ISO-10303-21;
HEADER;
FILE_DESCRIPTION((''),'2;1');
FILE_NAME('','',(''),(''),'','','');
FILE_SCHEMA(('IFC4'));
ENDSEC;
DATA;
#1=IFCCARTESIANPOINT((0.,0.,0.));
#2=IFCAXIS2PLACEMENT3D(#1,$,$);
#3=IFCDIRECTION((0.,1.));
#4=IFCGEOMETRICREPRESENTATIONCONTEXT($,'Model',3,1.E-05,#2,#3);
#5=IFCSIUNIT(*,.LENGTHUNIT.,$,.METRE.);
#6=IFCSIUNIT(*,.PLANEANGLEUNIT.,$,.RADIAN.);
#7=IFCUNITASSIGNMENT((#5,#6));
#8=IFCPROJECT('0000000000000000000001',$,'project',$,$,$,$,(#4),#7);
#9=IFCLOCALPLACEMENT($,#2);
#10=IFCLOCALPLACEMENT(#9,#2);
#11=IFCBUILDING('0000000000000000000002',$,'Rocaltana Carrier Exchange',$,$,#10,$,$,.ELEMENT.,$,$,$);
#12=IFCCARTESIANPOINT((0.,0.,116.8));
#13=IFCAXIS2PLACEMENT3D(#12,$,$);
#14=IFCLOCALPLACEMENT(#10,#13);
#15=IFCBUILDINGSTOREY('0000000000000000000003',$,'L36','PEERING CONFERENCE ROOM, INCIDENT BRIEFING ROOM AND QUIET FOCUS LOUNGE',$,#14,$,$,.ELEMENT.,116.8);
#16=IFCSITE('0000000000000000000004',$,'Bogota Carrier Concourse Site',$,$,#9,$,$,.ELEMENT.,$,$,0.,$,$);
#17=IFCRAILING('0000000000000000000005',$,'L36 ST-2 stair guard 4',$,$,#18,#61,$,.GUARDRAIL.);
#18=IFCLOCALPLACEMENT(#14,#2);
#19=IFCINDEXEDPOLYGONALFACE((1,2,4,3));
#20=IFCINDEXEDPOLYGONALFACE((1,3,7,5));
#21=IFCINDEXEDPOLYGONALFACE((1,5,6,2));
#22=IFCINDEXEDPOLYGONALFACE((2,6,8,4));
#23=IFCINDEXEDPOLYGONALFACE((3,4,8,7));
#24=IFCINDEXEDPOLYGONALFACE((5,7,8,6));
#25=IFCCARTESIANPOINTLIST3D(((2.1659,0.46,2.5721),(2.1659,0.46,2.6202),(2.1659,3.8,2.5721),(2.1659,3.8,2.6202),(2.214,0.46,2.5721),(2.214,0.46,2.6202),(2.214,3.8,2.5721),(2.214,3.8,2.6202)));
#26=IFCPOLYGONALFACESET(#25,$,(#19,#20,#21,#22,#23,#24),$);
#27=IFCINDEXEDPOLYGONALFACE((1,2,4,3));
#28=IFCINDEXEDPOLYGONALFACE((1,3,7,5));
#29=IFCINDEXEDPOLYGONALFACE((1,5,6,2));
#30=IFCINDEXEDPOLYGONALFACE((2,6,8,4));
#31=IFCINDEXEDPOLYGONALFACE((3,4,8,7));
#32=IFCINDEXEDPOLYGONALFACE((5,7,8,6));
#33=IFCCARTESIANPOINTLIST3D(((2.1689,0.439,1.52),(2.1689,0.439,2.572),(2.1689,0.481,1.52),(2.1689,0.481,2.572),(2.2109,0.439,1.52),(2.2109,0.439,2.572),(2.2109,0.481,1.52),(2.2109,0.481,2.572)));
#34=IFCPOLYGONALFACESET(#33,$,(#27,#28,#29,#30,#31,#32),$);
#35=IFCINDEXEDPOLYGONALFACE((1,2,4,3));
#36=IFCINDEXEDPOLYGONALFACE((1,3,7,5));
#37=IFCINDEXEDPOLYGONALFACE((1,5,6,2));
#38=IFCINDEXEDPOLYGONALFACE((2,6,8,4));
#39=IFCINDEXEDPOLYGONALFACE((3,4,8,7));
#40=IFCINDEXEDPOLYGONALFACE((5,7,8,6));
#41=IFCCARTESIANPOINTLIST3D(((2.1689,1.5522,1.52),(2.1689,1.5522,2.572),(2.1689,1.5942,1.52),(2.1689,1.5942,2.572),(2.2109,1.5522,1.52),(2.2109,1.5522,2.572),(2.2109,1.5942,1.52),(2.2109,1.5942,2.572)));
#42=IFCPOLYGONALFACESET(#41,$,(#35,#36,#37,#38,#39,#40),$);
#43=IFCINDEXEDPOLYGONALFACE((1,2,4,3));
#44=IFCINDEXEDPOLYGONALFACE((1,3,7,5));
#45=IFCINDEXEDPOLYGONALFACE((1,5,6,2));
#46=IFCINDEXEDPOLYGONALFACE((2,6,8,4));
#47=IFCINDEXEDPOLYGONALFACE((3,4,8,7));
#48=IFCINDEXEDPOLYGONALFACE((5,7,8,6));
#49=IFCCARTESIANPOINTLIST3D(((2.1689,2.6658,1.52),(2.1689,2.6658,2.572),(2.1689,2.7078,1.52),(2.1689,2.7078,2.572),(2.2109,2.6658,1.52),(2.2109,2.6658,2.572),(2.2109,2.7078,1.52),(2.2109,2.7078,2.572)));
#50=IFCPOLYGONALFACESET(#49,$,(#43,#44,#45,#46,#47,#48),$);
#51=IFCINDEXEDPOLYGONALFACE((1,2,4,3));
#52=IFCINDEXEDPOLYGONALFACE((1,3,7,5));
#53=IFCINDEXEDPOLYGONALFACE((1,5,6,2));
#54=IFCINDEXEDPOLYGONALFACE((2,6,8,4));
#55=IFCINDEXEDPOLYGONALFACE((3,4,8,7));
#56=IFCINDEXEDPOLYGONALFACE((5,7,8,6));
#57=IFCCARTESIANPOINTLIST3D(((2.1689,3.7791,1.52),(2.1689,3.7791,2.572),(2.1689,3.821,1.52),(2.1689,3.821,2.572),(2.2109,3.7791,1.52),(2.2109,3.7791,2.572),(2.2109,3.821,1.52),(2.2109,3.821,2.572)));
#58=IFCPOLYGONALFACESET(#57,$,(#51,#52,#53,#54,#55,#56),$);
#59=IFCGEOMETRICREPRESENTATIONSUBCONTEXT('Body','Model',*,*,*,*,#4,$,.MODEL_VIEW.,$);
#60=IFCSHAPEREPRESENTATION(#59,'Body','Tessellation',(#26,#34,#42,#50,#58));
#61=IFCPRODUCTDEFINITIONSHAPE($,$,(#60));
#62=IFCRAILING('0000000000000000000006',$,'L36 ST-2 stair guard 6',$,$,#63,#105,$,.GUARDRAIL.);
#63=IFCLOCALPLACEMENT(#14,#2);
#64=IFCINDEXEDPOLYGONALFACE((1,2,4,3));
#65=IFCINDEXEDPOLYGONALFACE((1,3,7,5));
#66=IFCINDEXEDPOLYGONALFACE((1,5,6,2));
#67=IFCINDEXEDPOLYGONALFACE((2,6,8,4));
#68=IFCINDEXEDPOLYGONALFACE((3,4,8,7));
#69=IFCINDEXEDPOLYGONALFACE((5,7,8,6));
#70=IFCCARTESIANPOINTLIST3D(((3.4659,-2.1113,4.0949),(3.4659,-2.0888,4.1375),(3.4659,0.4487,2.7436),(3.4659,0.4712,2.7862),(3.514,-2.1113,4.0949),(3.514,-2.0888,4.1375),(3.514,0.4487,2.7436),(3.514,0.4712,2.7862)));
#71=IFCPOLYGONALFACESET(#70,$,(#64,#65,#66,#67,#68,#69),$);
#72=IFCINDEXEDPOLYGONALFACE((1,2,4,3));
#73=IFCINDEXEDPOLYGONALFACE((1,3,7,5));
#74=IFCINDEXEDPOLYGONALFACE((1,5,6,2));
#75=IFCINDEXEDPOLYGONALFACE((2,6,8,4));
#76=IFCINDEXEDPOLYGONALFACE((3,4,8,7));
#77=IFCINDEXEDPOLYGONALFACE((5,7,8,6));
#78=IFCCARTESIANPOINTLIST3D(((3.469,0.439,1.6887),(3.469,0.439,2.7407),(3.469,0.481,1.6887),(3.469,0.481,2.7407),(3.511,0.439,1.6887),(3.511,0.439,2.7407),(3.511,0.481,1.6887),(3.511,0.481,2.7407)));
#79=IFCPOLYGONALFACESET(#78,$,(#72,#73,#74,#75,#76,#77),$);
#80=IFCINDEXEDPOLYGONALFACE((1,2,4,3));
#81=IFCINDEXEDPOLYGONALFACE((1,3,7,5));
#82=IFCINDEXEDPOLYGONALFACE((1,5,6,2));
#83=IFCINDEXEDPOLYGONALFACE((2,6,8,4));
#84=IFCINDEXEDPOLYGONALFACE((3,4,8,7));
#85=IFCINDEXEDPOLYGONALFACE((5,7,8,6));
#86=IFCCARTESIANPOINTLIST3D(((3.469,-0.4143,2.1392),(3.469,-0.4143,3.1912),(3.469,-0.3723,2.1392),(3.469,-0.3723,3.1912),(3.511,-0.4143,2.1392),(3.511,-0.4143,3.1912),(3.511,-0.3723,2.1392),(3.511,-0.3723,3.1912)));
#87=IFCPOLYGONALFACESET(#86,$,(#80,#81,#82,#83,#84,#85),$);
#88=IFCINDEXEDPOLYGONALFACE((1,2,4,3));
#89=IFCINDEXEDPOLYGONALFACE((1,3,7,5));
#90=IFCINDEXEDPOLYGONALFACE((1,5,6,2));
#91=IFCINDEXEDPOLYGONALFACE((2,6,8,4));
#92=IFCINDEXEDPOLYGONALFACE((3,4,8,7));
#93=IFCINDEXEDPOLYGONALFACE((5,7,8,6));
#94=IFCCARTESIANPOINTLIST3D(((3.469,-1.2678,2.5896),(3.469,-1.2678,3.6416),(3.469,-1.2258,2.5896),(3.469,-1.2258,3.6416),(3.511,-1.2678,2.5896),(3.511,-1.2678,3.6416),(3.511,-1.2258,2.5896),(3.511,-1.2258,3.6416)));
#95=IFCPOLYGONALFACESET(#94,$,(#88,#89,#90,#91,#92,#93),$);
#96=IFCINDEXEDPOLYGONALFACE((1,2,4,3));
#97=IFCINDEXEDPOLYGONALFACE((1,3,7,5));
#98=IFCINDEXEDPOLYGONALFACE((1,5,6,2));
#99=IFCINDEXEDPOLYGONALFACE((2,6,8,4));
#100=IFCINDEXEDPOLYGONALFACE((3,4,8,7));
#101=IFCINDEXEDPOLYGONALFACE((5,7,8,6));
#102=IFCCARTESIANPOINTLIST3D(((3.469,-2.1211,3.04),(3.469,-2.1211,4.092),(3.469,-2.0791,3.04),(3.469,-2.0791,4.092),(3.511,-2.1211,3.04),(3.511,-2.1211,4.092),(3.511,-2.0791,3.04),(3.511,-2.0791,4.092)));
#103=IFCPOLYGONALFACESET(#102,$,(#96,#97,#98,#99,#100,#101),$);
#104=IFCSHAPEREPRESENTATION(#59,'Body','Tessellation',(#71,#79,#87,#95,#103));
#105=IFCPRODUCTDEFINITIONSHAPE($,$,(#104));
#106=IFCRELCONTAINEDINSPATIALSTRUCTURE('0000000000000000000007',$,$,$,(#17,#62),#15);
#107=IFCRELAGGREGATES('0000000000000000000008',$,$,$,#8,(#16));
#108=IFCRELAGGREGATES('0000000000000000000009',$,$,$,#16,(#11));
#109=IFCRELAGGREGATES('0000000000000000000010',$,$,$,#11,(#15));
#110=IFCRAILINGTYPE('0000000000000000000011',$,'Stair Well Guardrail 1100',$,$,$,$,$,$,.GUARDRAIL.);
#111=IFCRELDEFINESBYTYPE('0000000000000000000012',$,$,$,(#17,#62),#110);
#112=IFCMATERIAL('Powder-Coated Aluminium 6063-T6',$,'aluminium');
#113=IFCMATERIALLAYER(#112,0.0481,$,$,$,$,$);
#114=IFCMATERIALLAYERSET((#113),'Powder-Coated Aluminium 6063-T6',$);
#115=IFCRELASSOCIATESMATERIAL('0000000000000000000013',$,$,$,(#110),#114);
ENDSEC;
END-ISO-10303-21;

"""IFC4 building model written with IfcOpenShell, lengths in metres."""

from ifc_helpers import new_model, si_unit, direction, frame, origin, origin_2d, place, context, subcontext, project, spatial, rectangle, extrude, material, layer, layer_set, type_object, element, save


model = new_model("IFC4")

# Units and contexts
model_context = context("Model", 3, precision=1e-05, world=origin(), true_north=direction((0.0, 1.0)))
body_context = subcontext(model_context, "Body", "Model", "MODEL_VIEW")
ifc_project = project(units=[si_unit("LENGTHUNIT", "METRE"), si_unit("PLANEANGLEUNIT", "RADIAN")], contexts=[model_context])

# Site, building, storey
site_placement = place(None, origin())
site = spatial("IfcSite", under=ifc_project, at=site_placement, Name="Bogota Carrier Concourse Site", CompositionType="ELEMENT", RefElevation=0.0)
building_placement = place(site_placement, origin())
building = spatial("IfcBuilding", under=site, at=building_placement, Name="Rocaltana Carrier Exchange", CompositionType="ELEMENT")
storey_placement = place(building_placement, frame((0.0, 0.0, 116.8)))
storey = spatial("IfcBuildingStorey", under=building, at=storey_placement, Name="L36", Description="PEERING CONFERENCE ROOM, INCIDENT BRIEFING ROOM AND QUIET FOCUS LOUNGE", CompositionType="ELEMENT", Elevation=116.8)

# Railings
ifc_material_1 = material(Name="Powder-Coated Aluminium 6063-T6", Category="aluminium")
ifc_layer_1 = layer(ifc_material_1, 0.0481)
ifc_layer_set_1 = layer_set([ifc_layer_1], Name="Powder-Coated Aluminium 6063-T6")
railing_type_1 = type_object("IfcRailingType", Name="Stair Well Guardrail 1100", PredefinedType="GUARDRAIL", material=ifc_layer_set_1)
for number, where, name in (
    (1, (2.1899, 0.46, 1.52), "L36 ST-2 stair guard 4"),
):
    element("IfcRailing", number, at=place(storey_placement, frame(where)), inside=storey, type_object=railing_type_1, Name=name, PredefinedType="GUARDRAIL", context=body_context, shape_type="SweptSolid", body=[
        extrude(rectangle(XDim=0.0481, YDim=0.0481, at=origin_2d()), frame((0.0, 0.0, 1.0762), z_axis=(0.0, 1.0, 0.0), x_axis=(-1.0, 0.0, 0.0)), (0.0, 0.0, 1.0), 3.3401),
        extrude(rectangle(XDim=0.042, YDim=0.042, at=origin_2d()), origin(), (0.0, 0.0, 1.0), 1.052),
        extrude(rectangle(XDim=0.042, YDim=0.042, at=origin_2d()), frame((0.0, 1.1133, 0.0)), (0.0, 0.0, 1.0), 1.052),
        extrude(rectangle(XDim=0.042, YDim=0.042, at=origin_2d()), frame((0.0, 2.2268, 0.0)), (0.0, 0.0, 1.0), 1.052),
        extrude(rectangle(XDim=0.042, YDim=0.042, at=origin_2d()), frame((0.0, 3.3401, 0.0)), (0.0, 0.0, 1.0), 1.052),
    ])
railing_1_placement = place(storey_placement, frame((3.49, 0.46, 1.6887)))
element("IfcRailing", 2, at=railing_1_placement, inside=storey, type_object=railing_type_1, Name="L36 ST-2 stair guard 6", PredefinedType="GUARDRAIL", context=body_context, shape_type="SweptSolid", body=[
    extrude(rectangle(XDim=0.0481, YDim=0.0481, at=origin_2d()), frame((0.0, 0.0, 1.0762), z_axis=(0.0, -0.88436, 0.466806), x_axis=(1.0, 0.0, 0.0)), (0.0, 0.0, 1.0), 2.8948),
    extrude(rectangle(XDim=0.042, YDim=0.042, at=origin_2d()), origin(), (0.0, 0.0, 1.0), 1.052),
    extrude(rectangle(XDim=0.042, YDim=0.042, at=origin_2d()), frame((0.0, -0.8533, 0.4504)), (0.0, 0.0, 1.0), 1.052),
    extrude(rectangle(XDim=0.042, YDim=0.042, at=origin_2d()), frame((0.0, -1.7068, 0.9009)), (0.0, 0.0, 1.0), 1.052),
    extrude(rectangle(XDim=0.042, YDim=0.042, at=origin_2d()), frame((0.0, -2.5601, 1.3513)), (0.0, 0.0, 1.0), 1.052),
])

save(model, "model.ifc")
